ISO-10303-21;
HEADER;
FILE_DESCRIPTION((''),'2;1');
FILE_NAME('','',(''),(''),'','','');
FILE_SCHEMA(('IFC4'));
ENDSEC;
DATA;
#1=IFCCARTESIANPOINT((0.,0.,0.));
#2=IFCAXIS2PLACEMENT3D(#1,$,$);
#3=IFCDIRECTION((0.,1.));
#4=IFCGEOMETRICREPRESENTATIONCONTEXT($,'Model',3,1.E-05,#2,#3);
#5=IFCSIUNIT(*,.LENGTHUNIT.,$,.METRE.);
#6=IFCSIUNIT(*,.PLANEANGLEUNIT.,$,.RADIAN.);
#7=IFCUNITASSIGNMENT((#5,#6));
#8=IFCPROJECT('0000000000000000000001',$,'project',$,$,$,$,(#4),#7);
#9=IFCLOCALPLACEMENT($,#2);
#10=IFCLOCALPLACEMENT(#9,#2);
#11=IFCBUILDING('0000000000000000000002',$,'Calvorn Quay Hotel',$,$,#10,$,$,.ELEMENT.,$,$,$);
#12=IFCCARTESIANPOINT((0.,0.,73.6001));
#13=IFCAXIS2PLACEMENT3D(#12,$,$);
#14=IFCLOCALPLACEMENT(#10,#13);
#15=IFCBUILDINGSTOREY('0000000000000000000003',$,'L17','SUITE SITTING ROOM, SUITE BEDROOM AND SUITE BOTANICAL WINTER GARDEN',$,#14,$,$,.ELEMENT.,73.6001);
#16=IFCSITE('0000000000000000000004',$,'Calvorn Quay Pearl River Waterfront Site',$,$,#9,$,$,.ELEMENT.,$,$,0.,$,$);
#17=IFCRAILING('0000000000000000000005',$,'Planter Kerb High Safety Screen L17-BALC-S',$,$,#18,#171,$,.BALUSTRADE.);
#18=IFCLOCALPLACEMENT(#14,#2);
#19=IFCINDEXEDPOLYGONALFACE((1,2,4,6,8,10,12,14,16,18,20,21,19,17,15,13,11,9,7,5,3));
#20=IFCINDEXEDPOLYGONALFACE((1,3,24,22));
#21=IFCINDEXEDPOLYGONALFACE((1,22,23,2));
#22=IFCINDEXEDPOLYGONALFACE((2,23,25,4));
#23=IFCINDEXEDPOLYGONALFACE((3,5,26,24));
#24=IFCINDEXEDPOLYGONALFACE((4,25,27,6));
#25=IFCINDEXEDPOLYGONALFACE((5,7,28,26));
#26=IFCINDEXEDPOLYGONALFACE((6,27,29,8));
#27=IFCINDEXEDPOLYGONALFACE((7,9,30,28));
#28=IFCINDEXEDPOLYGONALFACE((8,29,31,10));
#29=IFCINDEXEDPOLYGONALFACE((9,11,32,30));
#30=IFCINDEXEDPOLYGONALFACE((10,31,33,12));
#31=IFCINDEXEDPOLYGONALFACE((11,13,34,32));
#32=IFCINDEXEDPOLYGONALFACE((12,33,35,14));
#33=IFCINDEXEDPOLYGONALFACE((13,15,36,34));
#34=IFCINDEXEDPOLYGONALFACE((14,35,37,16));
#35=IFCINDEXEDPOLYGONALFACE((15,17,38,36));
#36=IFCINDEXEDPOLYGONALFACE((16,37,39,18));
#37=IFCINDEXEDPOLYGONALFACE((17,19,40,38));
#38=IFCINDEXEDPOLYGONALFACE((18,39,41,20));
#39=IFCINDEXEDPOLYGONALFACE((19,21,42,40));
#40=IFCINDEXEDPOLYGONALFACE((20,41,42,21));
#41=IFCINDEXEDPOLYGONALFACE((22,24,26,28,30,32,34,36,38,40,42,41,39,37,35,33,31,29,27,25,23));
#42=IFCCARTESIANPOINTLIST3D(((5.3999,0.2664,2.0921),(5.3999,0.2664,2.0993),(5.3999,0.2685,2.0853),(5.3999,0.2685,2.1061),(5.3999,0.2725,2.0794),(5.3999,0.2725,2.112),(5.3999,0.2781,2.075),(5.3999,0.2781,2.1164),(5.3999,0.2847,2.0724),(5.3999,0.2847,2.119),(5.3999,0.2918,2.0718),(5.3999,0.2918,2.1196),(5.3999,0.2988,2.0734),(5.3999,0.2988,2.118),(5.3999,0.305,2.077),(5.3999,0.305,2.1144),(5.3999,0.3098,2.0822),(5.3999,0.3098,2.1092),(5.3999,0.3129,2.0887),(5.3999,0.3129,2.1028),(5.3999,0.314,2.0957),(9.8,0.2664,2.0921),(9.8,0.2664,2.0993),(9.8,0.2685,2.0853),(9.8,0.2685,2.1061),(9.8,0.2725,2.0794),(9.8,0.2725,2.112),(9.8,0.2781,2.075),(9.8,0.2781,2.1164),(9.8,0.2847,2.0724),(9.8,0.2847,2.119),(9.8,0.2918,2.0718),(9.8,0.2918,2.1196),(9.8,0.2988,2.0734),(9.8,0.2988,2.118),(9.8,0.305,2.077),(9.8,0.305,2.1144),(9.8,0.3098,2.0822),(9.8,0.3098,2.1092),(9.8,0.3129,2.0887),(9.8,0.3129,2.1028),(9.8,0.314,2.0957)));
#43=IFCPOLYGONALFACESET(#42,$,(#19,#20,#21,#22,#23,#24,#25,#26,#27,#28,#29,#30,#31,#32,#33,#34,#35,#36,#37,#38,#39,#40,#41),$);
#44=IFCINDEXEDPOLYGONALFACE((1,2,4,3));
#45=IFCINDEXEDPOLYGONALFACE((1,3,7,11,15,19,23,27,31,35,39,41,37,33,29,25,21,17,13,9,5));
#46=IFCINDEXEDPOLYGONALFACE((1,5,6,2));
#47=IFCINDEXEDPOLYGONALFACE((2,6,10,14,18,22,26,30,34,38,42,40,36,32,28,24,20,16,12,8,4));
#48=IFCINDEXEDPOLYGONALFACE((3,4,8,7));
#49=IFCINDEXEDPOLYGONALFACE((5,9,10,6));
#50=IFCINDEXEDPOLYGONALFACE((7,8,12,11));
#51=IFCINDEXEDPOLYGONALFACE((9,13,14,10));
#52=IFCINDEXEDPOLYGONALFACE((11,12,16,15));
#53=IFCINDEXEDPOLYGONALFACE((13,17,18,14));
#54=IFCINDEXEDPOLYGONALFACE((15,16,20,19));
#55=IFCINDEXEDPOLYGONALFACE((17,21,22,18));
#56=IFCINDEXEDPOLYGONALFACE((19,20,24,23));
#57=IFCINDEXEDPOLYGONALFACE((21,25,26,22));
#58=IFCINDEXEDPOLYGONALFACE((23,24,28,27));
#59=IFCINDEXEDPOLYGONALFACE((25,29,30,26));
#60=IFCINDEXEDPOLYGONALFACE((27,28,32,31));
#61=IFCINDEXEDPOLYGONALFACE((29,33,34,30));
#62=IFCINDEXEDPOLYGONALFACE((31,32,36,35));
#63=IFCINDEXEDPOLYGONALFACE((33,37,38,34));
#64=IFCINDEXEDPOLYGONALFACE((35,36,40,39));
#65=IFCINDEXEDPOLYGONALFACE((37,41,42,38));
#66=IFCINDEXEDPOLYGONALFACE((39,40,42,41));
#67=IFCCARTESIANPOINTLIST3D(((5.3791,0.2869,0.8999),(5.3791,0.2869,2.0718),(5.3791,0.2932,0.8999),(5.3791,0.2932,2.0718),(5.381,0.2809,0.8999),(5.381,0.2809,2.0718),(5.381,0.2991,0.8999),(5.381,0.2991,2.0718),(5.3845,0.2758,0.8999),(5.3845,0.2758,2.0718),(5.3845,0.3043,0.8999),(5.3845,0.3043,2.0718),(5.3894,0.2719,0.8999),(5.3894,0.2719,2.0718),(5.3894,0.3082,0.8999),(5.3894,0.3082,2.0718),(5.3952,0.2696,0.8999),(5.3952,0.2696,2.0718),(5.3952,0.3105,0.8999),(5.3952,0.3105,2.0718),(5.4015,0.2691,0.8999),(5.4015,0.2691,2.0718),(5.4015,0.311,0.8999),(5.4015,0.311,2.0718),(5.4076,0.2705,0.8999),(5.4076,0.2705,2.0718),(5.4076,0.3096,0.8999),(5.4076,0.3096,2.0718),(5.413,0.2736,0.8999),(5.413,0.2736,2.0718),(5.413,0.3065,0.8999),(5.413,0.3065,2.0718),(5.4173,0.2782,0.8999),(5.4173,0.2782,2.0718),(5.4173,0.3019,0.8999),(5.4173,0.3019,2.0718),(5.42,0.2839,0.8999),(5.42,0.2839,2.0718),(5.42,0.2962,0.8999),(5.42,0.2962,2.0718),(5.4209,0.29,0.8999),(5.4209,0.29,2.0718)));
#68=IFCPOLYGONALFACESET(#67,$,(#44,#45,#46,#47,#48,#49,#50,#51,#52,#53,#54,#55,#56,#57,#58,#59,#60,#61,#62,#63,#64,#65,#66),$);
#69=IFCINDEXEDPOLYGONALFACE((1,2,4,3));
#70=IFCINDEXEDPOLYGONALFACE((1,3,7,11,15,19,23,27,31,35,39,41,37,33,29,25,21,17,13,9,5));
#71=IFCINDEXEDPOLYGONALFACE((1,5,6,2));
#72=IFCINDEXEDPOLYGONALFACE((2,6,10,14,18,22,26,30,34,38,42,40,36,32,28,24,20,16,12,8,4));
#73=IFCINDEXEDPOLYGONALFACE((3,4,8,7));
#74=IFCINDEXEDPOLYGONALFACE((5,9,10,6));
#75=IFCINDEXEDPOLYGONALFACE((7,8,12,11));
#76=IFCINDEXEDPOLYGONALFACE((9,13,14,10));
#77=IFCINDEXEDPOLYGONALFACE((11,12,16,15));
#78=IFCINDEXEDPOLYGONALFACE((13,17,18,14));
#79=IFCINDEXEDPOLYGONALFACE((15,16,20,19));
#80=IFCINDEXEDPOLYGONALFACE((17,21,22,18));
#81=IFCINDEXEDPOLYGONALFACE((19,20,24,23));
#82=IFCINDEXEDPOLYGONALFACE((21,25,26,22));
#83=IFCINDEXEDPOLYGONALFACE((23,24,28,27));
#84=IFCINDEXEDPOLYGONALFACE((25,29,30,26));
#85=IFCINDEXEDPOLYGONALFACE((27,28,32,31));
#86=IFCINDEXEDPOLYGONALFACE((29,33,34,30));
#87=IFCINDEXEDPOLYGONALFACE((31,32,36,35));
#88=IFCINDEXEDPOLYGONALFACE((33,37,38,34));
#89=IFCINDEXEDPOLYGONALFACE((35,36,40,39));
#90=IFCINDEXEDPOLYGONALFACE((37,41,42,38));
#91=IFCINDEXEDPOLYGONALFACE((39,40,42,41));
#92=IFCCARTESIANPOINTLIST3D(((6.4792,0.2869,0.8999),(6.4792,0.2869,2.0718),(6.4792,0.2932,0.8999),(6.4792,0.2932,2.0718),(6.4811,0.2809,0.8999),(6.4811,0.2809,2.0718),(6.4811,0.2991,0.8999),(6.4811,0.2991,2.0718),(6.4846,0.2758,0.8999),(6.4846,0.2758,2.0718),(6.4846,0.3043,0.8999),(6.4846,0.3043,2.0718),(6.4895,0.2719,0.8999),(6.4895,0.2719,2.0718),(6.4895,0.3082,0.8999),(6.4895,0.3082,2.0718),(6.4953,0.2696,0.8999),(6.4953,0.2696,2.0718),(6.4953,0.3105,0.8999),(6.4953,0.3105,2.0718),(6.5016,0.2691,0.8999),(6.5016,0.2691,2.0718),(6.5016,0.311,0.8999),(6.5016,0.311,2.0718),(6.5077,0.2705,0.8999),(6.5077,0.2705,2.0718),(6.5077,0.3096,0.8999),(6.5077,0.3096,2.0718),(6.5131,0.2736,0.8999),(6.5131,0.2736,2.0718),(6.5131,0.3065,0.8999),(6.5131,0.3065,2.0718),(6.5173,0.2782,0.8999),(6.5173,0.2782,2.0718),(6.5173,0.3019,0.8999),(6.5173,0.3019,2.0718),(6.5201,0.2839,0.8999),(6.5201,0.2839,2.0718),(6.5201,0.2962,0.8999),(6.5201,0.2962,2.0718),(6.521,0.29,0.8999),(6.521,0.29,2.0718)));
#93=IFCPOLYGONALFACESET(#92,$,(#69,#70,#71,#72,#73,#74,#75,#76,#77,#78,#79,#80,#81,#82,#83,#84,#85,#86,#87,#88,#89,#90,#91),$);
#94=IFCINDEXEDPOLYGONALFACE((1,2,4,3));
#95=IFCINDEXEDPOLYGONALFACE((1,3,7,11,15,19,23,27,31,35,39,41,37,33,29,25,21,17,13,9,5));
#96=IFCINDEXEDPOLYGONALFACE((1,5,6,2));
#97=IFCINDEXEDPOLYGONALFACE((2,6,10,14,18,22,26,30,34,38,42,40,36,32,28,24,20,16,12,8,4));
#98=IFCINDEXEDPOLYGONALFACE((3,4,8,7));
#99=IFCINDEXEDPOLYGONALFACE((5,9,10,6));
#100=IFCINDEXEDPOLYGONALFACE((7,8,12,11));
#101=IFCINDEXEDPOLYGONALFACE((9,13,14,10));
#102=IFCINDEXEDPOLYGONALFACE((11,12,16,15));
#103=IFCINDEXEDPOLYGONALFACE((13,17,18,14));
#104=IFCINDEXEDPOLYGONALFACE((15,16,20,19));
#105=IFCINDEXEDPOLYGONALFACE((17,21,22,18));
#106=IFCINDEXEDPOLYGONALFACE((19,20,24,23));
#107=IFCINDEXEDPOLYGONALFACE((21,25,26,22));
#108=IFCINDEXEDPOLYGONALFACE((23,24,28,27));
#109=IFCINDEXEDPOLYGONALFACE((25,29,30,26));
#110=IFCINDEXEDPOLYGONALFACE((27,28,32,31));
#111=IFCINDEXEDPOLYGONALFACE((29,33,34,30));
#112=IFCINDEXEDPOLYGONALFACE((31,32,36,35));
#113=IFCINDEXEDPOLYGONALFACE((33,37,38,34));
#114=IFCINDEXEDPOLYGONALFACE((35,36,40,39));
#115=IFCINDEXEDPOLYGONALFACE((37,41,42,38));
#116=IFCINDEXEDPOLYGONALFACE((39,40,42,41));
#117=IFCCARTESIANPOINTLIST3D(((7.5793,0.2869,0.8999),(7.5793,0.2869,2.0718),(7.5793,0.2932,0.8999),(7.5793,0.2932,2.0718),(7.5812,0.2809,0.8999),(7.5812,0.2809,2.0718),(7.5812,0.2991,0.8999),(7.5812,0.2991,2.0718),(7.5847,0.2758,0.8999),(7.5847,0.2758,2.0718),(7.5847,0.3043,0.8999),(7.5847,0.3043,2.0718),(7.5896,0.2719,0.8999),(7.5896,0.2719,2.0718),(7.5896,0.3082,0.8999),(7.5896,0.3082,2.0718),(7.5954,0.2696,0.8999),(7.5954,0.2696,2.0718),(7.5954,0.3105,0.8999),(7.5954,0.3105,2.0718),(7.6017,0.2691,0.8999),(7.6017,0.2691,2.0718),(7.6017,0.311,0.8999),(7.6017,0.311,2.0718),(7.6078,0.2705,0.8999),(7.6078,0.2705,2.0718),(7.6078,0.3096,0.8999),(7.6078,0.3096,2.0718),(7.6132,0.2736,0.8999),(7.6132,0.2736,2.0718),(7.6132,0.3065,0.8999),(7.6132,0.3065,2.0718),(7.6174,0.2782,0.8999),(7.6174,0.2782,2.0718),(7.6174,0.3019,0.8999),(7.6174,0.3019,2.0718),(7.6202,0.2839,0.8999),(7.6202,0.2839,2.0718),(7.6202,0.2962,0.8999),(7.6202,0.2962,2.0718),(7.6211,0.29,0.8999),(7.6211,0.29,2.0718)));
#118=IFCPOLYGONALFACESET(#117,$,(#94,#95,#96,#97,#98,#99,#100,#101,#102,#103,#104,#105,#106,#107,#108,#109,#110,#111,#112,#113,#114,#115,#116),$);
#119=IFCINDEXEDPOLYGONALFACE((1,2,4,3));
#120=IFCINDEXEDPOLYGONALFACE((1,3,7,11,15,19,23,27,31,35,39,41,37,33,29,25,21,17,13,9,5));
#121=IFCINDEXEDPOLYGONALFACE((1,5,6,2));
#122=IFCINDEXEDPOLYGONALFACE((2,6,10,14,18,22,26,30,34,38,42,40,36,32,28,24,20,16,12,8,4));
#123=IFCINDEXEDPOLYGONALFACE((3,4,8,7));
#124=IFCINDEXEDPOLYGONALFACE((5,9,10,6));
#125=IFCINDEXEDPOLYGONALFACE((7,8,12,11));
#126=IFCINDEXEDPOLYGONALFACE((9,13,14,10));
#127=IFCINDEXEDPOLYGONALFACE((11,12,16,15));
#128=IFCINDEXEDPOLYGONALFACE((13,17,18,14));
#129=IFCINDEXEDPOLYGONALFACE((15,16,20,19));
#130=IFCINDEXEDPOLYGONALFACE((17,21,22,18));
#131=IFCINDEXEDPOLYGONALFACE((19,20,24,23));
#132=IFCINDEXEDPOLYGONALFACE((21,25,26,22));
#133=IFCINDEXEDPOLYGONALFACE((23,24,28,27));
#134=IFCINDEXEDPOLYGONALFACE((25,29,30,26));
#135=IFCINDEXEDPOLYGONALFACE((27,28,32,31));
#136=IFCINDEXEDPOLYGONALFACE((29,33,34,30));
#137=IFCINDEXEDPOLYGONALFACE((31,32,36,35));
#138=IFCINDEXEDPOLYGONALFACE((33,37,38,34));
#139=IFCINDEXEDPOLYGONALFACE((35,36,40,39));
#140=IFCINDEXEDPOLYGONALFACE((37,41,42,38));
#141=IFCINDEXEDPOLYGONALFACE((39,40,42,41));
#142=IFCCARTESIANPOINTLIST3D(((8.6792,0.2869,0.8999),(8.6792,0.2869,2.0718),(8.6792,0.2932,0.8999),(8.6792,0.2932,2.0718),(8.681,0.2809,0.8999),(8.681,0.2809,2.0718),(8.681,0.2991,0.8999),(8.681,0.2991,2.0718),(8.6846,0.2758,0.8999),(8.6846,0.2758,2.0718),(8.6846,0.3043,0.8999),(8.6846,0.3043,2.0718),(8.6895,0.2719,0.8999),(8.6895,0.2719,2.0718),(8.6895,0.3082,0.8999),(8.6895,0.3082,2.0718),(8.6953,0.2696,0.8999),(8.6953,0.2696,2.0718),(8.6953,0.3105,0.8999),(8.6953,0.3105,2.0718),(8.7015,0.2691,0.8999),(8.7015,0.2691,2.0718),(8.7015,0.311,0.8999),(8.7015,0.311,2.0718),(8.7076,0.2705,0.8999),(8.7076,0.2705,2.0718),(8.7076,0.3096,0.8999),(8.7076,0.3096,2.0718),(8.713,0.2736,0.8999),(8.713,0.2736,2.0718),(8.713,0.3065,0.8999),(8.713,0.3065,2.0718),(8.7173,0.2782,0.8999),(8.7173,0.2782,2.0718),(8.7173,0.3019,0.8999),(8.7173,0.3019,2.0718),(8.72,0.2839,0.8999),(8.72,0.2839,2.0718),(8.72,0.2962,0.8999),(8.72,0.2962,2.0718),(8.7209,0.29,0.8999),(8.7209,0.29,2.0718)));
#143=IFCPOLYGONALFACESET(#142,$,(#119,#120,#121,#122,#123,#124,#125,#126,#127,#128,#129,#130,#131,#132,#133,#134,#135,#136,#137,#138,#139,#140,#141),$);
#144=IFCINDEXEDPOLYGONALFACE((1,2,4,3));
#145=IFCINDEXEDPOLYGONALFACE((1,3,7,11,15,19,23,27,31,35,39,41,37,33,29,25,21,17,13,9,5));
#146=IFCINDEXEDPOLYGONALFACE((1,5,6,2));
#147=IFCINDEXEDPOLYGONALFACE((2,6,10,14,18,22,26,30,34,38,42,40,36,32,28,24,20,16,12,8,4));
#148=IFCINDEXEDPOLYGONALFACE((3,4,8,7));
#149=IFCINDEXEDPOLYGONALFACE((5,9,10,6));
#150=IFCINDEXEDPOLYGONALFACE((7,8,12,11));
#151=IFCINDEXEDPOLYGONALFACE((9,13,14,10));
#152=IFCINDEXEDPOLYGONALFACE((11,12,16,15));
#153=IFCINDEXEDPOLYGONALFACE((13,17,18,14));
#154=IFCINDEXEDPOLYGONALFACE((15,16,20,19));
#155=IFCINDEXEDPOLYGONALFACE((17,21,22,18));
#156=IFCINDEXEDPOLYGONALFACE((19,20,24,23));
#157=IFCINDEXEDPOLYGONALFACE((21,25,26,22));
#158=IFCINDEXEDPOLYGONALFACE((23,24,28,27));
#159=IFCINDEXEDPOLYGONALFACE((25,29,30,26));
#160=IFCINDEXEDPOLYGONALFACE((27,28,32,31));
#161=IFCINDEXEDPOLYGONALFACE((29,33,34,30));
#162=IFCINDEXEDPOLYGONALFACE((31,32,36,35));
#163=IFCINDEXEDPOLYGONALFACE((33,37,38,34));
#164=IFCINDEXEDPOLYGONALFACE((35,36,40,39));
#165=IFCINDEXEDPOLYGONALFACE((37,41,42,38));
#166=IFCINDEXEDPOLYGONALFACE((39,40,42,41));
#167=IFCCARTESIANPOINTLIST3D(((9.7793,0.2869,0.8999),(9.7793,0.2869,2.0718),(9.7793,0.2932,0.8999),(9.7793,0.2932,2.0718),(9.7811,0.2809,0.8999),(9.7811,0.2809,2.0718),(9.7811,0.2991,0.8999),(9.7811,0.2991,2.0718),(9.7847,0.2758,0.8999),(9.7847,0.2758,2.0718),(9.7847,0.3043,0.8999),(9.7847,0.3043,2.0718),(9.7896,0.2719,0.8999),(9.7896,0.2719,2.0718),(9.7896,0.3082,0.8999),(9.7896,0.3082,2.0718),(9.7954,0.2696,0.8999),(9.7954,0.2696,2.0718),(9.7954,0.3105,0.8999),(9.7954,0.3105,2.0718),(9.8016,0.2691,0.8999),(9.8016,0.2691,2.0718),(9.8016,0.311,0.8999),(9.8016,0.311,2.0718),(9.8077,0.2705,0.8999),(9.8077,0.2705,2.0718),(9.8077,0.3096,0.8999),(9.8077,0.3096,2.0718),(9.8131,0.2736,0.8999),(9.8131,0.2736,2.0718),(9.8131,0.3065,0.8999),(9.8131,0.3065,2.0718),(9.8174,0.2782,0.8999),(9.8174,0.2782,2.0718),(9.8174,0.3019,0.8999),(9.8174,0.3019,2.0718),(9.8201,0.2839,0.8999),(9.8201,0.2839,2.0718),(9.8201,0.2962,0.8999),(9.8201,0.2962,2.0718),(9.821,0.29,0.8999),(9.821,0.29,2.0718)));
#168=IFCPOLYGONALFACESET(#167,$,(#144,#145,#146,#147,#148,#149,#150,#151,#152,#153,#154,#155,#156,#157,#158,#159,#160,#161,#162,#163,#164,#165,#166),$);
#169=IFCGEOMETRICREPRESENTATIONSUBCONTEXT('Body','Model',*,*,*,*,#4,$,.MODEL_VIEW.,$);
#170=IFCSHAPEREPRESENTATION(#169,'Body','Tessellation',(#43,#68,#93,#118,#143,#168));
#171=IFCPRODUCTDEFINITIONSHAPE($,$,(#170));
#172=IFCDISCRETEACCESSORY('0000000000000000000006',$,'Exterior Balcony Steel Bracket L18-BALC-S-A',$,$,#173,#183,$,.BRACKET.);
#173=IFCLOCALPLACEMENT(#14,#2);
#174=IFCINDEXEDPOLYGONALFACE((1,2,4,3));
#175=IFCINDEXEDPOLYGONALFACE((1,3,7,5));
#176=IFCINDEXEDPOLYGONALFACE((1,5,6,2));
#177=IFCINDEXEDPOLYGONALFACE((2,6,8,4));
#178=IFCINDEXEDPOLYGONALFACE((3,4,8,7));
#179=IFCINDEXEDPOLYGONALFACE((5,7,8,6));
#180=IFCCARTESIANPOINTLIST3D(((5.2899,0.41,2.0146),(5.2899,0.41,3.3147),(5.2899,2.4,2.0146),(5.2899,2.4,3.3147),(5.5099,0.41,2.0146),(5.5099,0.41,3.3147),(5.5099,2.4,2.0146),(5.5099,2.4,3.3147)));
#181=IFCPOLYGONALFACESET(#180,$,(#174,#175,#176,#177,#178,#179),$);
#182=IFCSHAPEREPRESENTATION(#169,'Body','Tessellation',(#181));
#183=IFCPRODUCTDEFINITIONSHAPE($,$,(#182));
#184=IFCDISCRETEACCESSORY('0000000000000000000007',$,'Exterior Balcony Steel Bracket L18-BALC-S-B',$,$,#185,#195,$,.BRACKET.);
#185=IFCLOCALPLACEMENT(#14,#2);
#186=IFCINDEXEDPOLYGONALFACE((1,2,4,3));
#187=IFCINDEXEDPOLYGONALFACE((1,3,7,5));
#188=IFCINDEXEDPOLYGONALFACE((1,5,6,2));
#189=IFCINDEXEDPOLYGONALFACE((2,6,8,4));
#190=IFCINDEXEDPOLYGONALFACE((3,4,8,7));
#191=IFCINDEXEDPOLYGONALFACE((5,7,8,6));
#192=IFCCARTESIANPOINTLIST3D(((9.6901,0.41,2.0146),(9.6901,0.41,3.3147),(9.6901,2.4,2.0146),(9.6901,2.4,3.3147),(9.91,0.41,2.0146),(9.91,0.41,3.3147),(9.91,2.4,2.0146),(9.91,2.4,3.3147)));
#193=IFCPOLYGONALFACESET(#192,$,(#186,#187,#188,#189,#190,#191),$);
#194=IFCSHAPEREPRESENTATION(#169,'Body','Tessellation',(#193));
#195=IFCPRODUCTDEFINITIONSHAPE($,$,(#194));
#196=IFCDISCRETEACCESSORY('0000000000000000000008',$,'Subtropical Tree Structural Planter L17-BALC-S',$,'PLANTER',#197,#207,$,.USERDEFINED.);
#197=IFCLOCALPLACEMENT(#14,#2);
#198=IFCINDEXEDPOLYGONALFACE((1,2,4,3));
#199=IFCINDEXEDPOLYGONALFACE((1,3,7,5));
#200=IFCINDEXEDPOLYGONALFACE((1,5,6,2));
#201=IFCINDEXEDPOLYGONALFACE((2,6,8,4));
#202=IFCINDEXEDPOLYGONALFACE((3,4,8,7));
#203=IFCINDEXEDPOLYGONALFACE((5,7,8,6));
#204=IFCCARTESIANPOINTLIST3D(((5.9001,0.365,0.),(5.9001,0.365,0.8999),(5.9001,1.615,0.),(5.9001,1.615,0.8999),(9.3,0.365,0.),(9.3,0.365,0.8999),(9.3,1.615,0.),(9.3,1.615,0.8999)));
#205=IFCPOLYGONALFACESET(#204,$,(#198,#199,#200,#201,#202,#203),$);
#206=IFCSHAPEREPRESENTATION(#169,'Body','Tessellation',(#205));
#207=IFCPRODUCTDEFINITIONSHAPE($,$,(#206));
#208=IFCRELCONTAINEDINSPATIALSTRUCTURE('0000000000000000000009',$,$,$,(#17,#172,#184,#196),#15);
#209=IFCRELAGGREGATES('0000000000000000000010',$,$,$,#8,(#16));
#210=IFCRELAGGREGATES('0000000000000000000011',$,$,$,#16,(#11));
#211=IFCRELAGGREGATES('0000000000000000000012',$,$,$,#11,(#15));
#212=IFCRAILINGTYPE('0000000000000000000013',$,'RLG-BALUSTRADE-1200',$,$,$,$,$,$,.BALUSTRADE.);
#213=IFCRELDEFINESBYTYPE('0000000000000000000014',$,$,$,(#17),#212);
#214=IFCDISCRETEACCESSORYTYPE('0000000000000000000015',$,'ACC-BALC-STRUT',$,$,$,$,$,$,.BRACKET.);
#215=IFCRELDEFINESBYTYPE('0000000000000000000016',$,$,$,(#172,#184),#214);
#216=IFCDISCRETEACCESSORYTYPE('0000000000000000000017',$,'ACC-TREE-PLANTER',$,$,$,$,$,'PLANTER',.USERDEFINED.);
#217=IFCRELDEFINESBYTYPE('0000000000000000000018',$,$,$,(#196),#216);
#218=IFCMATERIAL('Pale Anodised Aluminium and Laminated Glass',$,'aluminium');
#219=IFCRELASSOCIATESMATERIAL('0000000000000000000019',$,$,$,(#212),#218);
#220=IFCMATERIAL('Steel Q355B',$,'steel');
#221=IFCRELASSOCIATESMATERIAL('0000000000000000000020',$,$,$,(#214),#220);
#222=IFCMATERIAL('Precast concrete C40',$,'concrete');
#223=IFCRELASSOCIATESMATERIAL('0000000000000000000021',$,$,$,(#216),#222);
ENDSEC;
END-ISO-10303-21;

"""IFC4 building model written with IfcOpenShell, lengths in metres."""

from ifc_helpers import new_model, si_unit, direction, frame, origin, origin_2d, place, context, subcontext, project, spatial, rectangle, circle, extrude, material, type_object, element, save


model = new_model("IFC4")

# Units and contexts
model_context = context("Model", 3, precision=1e-05, world=origin(), true_north=direction((0.0, 1.0)))
body_context = subcontext(model_context, "Body", "Model", "MODEL_VIEW")
ifc_project = project(units=[si_unit("LENGTHUNIT", "METRE"), si_unit("PLANEANGLEUNIT", "RADIAN")], contexts=[model_context])

# Site, building, storey
site_placement = place(None, origin())
site = spatial("IfcSite", under=ifc_project, at=site_placement, Name="Calvorn Quay Pearl River Waterfront Site", CompositionType="ELEMENT", RefElevation=0.0)
building_placement = place(site_placement, origin())
building = spatial("IfcBuilding", under=site, at=building_placement, Name="Calvorn Quay Hotel", CompositionType="ELEMENT")
storey_placement = place(building_placement, frame((0.0, 0.0, 73.6001)))
storey = spatial("IfcBuildingStorey", under=building, at=storey_placement, Name="L17", Description="SUITE SITTING ROOM, SUITE BEDROOM AND SUITE BOTANICAL WINTER GARDEN", CompositionType="ELEMENT", Elevation=73.6001)

# Railing
ifc_material_1 = material(Name="Pale Anodised Aluminium and Laminated Glass", Category="aluminium")
railing_type = type_object("IfcRailingType", Name="RLG-BALUSTRADE-1200", PredefinedType="BALUSTRADE", material=ifc_material_1)
railing_1_placement = place(storey_placement, frame((5.3999, 0.29, 0.8999)))
element("IfcRailing", 1, at=railing_1_placement, inside=storey, type_object=railing_type, Name="Planter Kerb High Safety Screen L17-BALC-S", PredefinedType="BALUSTRADE", context=body_context, shape_type="SweptSolid", body=[
    extrude(circle(Radius=0.0239, at=origin_2d()), frame((0.0, 0.0, 1.1958), z_axis=(1.0, 0.0, 0.0), x_axis=(0.0, 1.0, 0.0)), (0.0, 0.0, 1.0), 4.4001),
    extrude(circle(Radius=0.021, at=origin_2d()), origin(), (0.0, 0.0, 1.0), 1.1719),
    extrude(circle(Radius=0.021, at=origin_2d()), frame((1.1001, 0.0, 0.0)), (0.0, 0.0, 1.0), 1.1719),
    extrude(circle(Radius=0.021, at=origin_2d()), frame((2.2002, 0.0, 0.0)), (0.0, 0.0, 1.0), 1.1719),
    extrude(circle(Radius=0.021, at=origin_2d()), frame((3.3, 0.0, 0.0)), (0.0, 0.0, 1.0), 1.1719),
    extrude(circle(Radius=0.021, at=origin_2d()), frame((4.4001, 0.0, 0.0)), (0.0, 0.0, 1.0), 1.1719),
])

# Discrete accessories
ifc_material_2 = material(Name="Steel Q355B", Category="steel")
discrete_accessory_type_1 = type_object("IfcDiscreteAccessoryType", Name="ACC-BALC-STRUT", PredefinedType="BRACKET", material=ifc_material_2)
for number, where, z_axis, x_axis, name in (
    (2, (5.3999, 1.405, 2.0146), (0.0, 0.0, 1.0), (1.0, 0.0, 0.0), "Exterior Balcony Steel Bracket L18-BALC-S-A"),
    (3, (9.8, 1.405, 2.0146), (0.0, 0.0, 1.0), (1.0, 0.0, 0.0), "Exterior Balcony Steel Bracket L18-BALC-S-B"),
):
    element("IfcDiscreteAccessory", number, at=place(storey_placement, frame(where, z_axis=z_axis, x_axis=x_axis)), inside=storey, type_object=discrete_accessory_type_1, Name=name, PredefinedType="BRACKET", context=body_context, shape_type="SweptSolid", body=[
        extrude(rectangle(XDim=0.22, YDim=1.99, at=origin_2d()), origin(), (0.0, 0.0, 1.0), 1.3),
    ])
ifc_material_3 = material(Name="Precast concrete C40", Category="concrete")
discrete_accessory_type_2 = type_object("IfcDiscreteAccessoryType", Name="ACC-TREE-PLANTER", ElementType="PLANTER", PredefinedType="USERDEFINED", material=ifc_material_3)
discrete_accessory_placement = place(storey_placement, frame((7.6001, 0.99, 0.0), z_axis=(0.0, 0.0, 1.0), x_axis=(1.0, 0.0, 0.0)))
element("IfcDiscreteAccessory", 4, at=discrete_accessory_placement, inside=storey, type_object=discrete_accessory_type_2, Name="Subtropical Tree Structural Planter L17-BALC-S", ObjectType="PLANTER", PredefinedType="USERDEFINED", context=body_context, shape_type="SweptSolid", body=[
    extrude(rectangle(XDim=3.3999, YDim=1.25, at=origin_2d()), origin(), (0.0, 0.0, 1.0), 0.8999),
])

save(model, "model.ifc")
